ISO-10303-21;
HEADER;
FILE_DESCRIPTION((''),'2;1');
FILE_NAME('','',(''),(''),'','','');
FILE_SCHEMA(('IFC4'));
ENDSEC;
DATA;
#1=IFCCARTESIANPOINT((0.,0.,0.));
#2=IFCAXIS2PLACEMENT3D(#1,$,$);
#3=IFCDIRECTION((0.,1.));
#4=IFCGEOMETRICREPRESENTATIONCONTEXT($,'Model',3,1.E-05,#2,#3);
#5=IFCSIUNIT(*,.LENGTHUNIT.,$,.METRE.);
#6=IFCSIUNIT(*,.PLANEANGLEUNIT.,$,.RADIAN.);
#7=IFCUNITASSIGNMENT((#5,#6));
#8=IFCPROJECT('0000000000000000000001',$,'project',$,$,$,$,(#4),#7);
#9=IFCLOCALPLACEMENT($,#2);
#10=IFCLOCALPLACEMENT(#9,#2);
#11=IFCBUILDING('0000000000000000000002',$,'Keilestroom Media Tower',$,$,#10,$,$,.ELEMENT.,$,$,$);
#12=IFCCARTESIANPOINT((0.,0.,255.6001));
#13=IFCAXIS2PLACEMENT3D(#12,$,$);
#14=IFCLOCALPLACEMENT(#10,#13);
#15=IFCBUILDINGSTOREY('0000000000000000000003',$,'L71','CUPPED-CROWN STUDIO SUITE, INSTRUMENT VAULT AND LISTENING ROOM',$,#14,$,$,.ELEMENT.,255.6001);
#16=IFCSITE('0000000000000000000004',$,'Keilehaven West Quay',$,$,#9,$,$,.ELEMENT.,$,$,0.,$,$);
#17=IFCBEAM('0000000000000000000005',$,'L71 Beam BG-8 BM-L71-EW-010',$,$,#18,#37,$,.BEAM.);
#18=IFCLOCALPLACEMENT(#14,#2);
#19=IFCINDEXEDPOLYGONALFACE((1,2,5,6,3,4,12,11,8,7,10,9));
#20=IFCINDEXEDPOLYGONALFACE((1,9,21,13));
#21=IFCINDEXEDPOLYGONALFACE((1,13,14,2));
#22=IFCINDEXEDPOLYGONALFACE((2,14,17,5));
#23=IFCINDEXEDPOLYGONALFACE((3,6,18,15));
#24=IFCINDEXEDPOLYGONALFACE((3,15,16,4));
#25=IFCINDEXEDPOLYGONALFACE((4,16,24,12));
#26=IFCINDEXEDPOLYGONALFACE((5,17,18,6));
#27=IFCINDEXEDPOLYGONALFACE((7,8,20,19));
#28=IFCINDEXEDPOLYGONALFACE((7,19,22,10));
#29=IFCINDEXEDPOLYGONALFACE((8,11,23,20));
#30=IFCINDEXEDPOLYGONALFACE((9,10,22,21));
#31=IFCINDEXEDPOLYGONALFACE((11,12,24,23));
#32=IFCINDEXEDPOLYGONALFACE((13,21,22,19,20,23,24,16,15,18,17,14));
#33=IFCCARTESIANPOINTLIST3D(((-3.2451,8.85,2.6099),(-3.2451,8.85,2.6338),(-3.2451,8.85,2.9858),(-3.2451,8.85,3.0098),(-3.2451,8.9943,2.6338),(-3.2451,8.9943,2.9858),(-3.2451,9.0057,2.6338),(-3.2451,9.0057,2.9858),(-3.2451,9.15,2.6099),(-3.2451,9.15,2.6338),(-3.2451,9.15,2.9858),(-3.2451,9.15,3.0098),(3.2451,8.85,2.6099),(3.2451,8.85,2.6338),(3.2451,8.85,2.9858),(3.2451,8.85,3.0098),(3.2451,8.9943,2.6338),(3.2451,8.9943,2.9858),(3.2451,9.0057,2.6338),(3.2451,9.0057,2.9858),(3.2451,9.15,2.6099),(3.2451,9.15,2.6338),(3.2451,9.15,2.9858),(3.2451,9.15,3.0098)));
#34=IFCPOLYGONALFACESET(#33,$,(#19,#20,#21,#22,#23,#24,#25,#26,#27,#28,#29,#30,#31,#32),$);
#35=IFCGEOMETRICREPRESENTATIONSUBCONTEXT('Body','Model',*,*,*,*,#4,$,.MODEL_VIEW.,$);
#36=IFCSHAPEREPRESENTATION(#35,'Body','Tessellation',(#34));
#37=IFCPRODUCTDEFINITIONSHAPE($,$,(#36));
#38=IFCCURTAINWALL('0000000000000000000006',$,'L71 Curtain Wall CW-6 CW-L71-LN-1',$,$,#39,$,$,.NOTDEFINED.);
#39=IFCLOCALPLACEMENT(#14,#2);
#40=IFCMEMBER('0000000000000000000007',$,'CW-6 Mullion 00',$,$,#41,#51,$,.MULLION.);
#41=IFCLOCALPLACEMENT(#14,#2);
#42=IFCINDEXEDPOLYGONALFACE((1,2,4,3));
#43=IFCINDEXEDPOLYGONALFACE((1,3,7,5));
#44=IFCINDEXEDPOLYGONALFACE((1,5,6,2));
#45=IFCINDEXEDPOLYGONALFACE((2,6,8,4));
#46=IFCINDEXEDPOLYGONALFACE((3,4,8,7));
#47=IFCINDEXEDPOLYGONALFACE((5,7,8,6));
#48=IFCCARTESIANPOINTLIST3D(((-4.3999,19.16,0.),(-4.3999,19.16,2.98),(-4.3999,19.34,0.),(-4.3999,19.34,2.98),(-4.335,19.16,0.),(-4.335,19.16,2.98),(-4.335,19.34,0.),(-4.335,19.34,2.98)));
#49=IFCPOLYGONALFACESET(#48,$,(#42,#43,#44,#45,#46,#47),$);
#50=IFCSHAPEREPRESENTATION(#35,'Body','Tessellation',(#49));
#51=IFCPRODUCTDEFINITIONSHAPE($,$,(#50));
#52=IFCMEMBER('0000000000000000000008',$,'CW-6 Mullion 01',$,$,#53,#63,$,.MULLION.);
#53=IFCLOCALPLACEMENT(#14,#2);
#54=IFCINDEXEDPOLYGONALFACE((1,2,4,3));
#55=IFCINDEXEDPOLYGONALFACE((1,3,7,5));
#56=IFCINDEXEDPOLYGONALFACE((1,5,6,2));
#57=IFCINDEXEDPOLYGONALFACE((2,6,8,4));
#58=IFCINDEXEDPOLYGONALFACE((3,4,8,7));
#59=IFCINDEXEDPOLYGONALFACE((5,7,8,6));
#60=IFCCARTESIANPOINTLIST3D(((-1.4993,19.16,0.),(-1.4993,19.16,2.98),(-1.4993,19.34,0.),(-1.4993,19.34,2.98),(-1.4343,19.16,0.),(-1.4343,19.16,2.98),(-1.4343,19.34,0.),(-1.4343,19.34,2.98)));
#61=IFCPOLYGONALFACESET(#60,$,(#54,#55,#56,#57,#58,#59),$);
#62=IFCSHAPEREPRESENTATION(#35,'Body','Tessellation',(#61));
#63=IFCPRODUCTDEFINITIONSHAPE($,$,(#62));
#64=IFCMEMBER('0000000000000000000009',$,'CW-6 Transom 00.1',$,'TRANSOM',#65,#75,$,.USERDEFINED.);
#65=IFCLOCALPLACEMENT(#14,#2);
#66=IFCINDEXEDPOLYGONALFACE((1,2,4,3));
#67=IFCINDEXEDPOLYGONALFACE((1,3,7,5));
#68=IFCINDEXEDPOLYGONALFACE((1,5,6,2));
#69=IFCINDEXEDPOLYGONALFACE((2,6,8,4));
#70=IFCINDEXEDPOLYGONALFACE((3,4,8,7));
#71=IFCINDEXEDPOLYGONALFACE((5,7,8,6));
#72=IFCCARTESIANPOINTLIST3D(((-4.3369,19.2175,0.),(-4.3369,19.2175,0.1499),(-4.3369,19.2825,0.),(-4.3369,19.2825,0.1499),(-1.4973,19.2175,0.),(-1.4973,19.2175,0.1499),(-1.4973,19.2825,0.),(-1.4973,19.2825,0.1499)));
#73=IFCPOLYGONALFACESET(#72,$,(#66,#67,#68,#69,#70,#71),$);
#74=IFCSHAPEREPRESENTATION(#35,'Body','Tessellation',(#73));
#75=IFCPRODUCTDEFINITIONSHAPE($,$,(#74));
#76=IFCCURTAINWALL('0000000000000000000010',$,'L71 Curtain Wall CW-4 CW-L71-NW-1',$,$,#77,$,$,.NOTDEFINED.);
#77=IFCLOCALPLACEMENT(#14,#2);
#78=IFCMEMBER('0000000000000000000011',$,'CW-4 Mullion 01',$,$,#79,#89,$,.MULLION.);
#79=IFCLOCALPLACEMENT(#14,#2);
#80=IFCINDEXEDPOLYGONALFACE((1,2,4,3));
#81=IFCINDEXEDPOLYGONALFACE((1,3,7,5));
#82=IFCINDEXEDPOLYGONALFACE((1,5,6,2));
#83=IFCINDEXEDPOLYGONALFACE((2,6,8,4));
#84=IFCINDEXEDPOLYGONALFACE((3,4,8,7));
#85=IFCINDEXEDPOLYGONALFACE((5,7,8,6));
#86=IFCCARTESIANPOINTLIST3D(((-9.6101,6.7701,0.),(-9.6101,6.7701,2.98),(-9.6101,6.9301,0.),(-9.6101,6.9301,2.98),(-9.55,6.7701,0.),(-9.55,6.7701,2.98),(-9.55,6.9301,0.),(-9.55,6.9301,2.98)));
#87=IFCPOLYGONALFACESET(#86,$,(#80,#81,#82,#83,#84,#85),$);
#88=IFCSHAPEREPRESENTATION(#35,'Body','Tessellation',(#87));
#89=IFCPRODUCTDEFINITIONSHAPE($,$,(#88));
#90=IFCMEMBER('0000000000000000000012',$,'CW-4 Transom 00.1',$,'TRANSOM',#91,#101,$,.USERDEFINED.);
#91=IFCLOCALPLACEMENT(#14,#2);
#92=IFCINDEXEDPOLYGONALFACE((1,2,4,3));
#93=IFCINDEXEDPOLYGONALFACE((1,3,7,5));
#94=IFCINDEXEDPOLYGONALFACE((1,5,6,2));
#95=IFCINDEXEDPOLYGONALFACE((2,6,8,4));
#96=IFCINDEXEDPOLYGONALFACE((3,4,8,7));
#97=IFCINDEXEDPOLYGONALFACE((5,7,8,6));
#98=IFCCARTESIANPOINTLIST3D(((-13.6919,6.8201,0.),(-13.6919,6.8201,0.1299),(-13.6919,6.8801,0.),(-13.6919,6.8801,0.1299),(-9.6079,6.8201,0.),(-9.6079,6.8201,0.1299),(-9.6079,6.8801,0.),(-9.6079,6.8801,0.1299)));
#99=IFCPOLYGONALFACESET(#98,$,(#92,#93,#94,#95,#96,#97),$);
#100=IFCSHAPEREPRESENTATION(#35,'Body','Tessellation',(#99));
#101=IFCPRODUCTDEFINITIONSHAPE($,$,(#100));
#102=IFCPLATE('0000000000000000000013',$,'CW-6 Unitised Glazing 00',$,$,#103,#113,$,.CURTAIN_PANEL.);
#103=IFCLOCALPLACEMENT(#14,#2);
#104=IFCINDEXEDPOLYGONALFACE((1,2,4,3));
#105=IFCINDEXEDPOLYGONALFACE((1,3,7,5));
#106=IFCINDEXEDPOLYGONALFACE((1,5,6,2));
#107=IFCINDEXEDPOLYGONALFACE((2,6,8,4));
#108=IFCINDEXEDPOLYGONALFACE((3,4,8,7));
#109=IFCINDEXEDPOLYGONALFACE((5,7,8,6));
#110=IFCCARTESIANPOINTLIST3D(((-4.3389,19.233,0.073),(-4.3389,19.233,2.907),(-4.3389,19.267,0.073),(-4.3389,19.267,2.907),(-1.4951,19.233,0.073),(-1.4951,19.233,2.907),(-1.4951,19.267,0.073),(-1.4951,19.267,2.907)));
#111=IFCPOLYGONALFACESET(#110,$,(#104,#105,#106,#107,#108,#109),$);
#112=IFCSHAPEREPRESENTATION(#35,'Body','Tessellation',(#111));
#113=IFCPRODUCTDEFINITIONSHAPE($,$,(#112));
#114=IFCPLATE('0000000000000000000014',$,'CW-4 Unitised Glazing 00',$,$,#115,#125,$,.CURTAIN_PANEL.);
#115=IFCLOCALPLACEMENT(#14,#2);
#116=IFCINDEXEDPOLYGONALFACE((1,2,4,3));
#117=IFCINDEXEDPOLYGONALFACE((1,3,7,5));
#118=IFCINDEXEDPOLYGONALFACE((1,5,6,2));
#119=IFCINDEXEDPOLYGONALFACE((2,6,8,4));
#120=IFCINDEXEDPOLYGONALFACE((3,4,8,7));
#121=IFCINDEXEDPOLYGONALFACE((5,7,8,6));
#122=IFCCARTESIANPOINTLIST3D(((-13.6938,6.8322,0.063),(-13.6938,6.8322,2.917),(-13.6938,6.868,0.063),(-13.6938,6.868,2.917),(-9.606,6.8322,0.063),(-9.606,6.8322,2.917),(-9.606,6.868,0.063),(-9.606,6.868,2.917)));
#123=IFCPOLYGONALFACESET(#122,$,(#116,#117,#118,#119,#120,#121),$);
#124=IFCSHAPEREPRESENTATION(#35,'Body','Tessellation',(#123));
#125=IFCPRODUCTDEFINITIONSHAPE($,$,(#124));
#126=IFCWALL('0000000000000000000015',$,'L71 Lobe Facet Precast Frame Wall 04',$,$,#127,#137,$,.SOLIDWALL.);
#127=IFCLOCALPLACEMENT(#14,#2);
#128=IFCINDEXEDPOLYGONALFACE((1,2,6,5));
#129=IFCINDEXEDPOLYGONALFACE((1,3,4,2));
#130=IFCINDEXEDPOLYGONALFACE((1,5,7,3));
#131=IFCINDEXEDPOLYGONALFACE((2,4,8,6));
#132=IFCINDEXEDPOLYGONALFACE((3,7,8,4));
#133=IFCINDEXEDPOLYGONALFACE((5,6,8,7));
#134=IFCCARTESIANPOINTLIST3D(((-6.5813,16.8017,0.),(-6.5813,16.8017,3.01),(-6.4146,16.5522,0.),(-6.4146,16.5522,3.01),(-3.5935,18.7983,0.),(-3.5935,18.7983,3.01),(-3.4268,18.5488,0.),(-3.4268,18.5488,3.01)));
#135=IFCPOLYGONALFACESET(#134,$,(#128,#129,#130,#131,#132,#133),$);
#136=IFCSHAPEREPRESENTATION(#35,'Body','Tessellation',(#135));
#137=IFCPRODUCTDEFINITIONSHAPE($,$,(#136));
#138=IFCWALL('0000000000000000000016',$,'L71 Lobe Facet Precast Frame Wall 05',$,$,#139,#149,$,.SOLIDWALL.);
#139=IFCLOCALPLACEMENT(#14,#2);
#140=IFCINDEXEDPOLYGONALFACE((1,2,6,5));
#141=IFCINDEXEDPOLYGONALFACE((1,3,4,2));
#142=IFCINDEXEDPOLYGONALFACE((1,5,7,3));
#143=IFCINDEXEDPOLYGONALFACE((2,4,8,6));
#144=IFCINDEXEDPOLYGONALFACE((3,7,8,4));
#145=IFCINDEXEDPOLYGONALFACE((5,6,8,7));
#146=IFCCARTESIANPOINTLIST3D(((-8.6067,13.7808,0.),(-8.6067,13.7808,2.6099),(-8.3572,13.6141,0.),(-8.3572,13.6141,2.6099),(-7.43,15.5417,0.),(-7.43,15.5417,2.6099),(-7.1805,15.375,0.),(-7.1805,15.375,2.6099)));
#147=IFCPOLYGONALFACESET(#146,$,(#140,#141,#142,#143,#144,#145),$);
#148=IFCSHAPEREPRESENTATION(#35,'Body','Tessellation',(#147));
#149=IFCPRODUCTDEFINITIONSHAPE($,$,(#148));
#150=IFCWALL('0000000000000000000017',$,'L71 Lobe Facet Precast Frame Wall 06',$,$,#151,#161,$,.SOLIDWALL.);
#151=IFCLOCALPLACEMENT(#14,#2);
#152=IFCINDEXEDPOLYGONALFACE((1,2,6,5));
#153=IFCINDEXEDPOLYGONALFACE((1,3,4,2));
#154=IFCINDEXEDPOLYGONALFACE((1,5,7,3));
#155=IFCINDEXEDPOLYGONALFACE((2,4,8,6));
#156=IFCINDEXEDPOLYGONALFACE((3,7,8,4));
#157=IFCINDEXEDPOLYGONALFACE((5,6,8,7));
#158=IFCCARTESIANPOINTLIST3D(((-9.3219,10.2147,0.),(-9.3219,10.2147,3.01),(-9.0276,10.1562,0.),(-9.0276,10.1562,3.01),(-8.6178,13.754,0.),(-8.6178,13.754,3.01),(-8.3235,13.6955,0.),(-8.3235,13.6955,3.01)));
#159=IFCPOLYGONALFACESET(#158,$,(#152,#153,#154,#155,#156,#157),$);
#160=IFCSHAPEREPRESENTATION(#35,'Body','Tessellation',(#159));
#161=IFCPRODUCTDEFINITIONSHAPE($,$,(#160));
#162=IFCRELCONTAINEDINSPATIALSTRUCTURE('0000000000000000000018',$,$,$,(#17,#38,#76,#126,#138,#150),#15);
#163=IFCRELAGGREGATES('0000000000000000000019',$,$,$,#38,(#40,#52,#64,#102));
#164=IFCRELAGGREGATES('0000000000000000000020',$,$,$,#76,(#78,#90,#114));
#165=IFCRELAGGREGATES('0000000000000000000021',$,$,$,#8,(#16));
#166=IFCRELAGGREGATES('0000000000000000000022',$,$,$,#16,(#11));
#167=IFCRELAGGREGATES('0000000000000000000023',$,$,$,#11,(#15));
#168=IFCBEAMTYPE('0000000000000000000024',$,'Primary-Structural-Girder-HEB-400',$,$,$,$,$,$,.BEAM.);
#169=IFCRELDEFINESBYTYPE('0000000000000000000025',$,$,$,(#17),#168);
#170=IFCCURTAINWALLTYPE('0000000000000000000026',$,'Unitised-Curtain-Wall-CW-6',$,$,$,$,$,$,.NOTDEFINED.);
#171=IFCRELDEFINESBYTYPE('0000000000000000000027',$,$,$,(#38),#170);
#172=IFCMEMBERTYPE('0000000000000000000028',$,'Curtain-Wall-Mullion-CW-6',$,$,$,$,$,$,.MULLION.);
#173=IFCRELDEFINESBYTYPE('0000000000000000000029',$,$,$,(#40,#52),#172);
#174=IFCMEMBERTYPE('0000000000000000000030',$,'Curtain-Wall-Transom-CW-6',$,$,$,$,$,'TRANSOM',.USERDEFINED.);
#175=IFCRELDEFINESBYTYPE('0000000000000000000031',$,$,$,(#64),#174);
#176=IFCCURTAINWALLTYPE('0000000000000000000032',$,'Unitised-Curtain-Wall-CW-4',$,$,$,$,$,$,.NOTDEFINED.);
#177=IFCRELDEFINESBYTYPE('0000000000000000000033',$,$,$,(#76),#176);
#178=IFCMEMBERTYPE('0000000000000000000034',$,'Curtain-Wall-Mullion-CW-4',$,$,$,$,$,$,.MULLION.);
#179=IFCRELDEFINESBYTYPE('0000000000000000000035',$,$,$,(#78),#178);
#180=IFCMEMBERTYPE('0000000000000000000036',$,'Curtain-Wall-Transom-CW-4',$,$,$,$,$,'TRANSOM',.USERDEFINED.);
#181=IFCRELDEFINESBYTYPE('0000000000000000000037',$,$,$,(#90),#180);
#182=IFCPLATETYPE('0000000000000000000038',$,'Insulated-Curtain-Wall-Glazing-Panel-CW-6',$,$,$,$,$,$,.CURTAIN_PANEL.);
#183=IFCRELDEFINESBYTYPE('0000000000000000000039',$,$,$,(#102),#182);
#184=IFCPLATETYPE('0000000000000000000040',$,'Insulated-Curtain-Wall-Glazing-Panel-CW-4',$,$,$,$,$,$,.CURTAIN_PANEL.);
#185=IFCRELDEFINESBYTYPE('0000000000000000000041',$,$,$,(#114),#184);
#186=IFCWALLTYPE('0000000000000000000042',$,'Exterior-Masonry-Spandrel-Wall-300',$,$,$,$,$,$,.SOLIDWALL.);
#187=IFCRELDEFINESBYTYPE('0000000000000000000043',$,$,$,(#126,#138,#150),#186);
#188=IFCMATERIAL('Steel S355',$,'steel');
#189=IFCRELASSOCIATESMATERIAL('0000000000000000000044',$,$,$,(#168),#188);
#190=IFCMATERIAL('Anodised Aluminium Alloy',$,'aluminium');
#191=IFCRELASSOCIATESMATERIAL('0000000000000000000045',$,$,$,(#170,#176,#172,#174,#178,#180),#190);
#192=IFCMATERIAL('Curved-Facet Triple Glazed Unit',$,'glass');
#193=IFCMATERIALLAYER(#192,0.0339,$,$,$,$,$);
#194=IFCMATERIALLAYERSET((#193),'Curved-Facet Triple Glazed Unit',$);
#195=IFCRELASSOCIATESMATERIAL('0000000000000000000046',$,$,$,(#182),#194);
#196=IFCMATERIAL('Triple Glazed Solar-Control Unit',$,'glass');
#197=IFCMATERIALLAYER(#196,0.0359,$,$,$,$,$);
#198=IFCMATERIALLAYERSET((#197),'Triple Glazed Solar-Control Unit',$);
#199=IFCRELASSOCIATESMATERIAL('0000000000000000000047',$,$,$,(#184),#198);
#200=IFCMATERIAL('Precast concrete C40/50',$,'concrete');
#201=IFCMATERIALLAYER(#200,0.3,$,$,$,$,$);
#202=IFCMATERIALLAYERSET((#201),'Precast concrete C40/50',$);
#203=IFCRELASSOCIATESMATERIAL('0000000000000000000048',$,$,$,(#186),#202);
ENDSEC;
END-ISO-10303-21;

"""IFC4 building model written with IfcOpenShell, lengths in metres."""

from ifc_helpers import new_model, si_unit, direction, frame, frame_2d, origin, origin_2d, place, context, subcontext, project, spatial, rectangle, i_section, extrude, source, transform, mapped, material, layer, layer_set, material_profile, profile_set, type_object, element, aggregate, save


model = new_model("IFC4")

# Units and contexts
model_context = context("Model", 3, precision=1e-05, world=origin(), true_north=direction((0.0, 1.0)))
body_context = subcontext(model_context, "Body", "Model", "MODEL_VIEW")
ifc_project = project(units=[si_unit("LENGTHUNIT", "METRE"), si_unit("PLANEANGLEUNIT", "RADIAN")], contexts=[model_context])

# Site, building, storey
site_placement = place(None, origin())
site = spatial("IfcSite", under=ifc_project, at=site_placement, Name="Keilehaven West Quay", CompositionType="ELEMENT", RefElevation=0.0)
building_placement = place(site_placement, origin())
building = spatial("IfcBuilding", under=site, at=building_placement, Name="Keilestroom Media Tower", CompositionType="ELEMENT")
storey_placement = place(building_placement, frame((0.0, 0.0, 255.6001)))
storey = spatial("IfcBuildingStorey", under=building, at=storey_placement, Name="L71", Description="CUPPED-CROWN STUDIO SUITE, INSTRUMENT VAULT AND LISTENING ROOM", CompositionType="ELEMENT", Elevation=255.6001)

# Shared definitions
ifc_material_1 = material(Name="Steel S355", Category="steel")

# Beam
ifc_material_profile_1 = material_profile(ifc_material_1, i_section(OverallWidth=0.3, OverallDepth=0.3999, WebThickness=0.0115, FlangeThickness=0.0239, at=origin_2d()), Name="HEB 400")
ifc_profile_set_1 = profile_set([ifc_material_profile_1], Name="Steel S355")
beam_type = type_object("IfcBeamType", Name="Primary-Structural-Girder-HEB-400", PredefinedType="BEAM", material=ifc_profile_set_1)
shared_shape_1 = source(origin(), body_context, "Body", "SweptSolid", [
    extrude(i_section(OverallWidth=0.3, OverallDepth=0.3999, WebThickness=0.0115, FlangeThickness=0.0239, at=origin_2d()), origin(), (0.0, 0.0, 1.0), 6.4902),
])
beam_1_placement = place(storey_placement, frame((-3.2451, 9.0, 2.8098), z_axis=(1.0, 0.0, 0.0), x_axis=(0.0, 1.0, 0.0)))
element("IfcBeam", 1, at=beam_1_placement, inside=storey, type_object=beam_type, Name="L71 Beam BG-8 BM-L71-EW-010", PredefinedType="BEAM", context=body_context, shape_type="MappedRepresentation", body=[
    mapped(shared_shape_1, transform((0.0, 0.0, 0.0), x_axis=(1.0, 0.0, 0.0), y_axis=(0.0, 1.0, 0.0), z_axis=(0.0, 0.0, 1.0), scale=1.0)),
])

# Curtain walls, members
ifc_material_2 = material(Name="Anodised Aluminium Alloy", Category="aluminium")
curtain_wall_type_1 = type_object("IfcCurtainWallType", Name="Unitised-Curtain-Wall-CW-6", PredefinedType="NOTDEFINED", material=ifc_material_2)
curtain_wall_1_placement = place(storey_placement, origin())
curtain_wall_1 = element("IfcCurtainWall", 2, at=curtain_wall_1_placement, inside=storey, type_object=curtain_wall_type_1, Name="L71 Curtain Wall CW-6 CW-L71-LN-1", PredefinedType="NOTDEFINED")
ifc_material_profile_2 = material_profile(ifc_material_2, rectangle(XDim=0.0649, YDim=0.1799, at=origin_2d()), Name="ALU MULLION 65x180")
ifc_profile_set_2 = profile_set([ifc_material_profile_2], Name="Anodised Aluminium Alloy")
member_type_1 = type_object("IfcMemberType", Name="Curtain-Wall-Mullion-CW-6", PredefinedType="MULLION", material=ifc_profile_set_2)
shared_shape_2 = source(origin(), body_context, "Body", "SweptSolid", [
    extrude(rectangle(XDim=0.0649, YDim=0.1799, at=origin_2d()), origin(), (0.0, 0.0, 1.0), 2.98),
])
member_1_placement = place(storey_placement, frame((-4.3674, 19.25, 0.0), z_axis=(0.0, 0.0, 1.0), x_axis=(1.0, 0.0, 0.0)))
member_1 = element("IfcMember", 3, at=member_1_placement, type_object=member_type_1, Name="CW-6 Mullion 00", PredefinedType="MULLION", context=body_context, shape_type="MappedRepresentation", body=[
    mapped(shared_shape_2, transform((0.0, 0.0, 0.0), x_axis=(1.0, 0.0, 0.0), y_axis=(0.0, 1.0, 0.0), z_axis=(0.0, 0.0, 1.0), scale=1.0)),
])
member_2_placement = place(storey_placement, frame((-1.4668, 19.25, 0.0), z_axis=(0.0, 0.0, 1.0), x_axis=(1.0, 0.0, 0.0)))
member_2 = element("IfcMember", 4, at=member_2_placement, type_object=member_type_1, Name="CW-6 Mullion 01", PredefinedType="MULLION", context=body_context, shape_type="MappedRepresentation", body=[
    mapped(shared_shape_2, transform((0.0, 0.0, 0.0), x_axis=(1.0, 0.0, 0.0), y_axis=(0.0, 1.0, 0.0), z_axis=(0.0, 0.0, 1.0), scale=1.0)),
])
ifc_material_profile_3 = material_profile(ifc_material_2, rectangle(XDim=0.0649, YDim=0.1499, at=origin_2d()), Name="ALU TRANSOM 65x150")
ifc_profile_set_3 = profile_set([ifc_material_profile_3], Name="Anodised Aluminium Alloy")
member_type_2 = type_object("IfcMemberType", Name="Curtain-Wall-Transom-CW-6", ElementType="TRANSOM", PredefinedType="USERDEFINED", material=ifc_profile_set_3)
shared_shape_3 = source(origin(), body_context, "Body", "SweptSolid", [
    extrude(rectangle(XDim=0.0649, YDim=0.1499, at=origin_2d()), origin(), (0.0, 0.0, 1.0), 2.8396),
])
member_3_placement = place(storey_placement, frame((-4.3369, 19.25, 0.075), z_axis=(1.0, 0.0, 0.0), x_axis=(0.0, 1.0, 0.0)))
member_3 = element("IfcMember", 5, at=member_3_placement, type_object=member_type_2, Name="CW-6 Transom 00.1", ObjectType="TRANSOM", PredefinedType="USERDEFINED", context=body_context, shape_type="MappedRepresentation", body=[
    mapped(shared_shape_3, transform((0.0, 0.0, 0.0), x_axis=(1.0, 0.0, 0.0), y_axis=(0.0, 1.0, 0.0), z_axis=(0.0, 0.0, 1.0), scale=1.0)),
])
curtain_wall_type_2 = type_object("IfcCurtainWallType", Name="Unitised-Curtain-Wall-CW-4", PredefinedType="NOTDEFINED", material=ifc_material_2)
curtain_wall_2_placement = place(storey_placement, origin())
curtain_wall_2 = element("IfcCurtainWall", 6, at=curtain_wall_2_placement, inside=storey, type_object=curtain_wall_type_2, Name="L71 Curtain Wall CW-4 CW-L71-NW-1", PredefinedType="NOTDEFINED")
ifc_material_profile_4 = material_profile(ifc_material_2, rectangle(XDim=0.0601, YDim=0.1599, at=origin_2d()), Name="ALU MULLION 60x160")
ifc_profile_set_4 = profile_set([ifc_material_profile_4], Name="Anodised Aluminium Alloy")
member_type_3 = type_object("IfcMemberType", Name="Curtain-Wall-Mullion-CW-4", PredefinedType="MULLION", material=ifc_profile_set_4)
shared_shape_4 = source(origin(), body_context, "Body", "SweptSolid", [
    extrude(rectangle(XDim=0.0601, YDim=0.1599, at=origin_2d()), origin(), (0.0, 0.0, 1.0), 2.98),
])
member_4_placement = place(storey_placement, frame((-9.5801, 6.8501, 0.0), z_axis=(0.0, 0.0, 1.0), x_axis=(1.0, 0.0, 0.0)))
member_4 = element("IfcMember", 7, at=member_4_placement, type_object=member_type_3, Name="CW-4 Mullion 01", PredefinedType="MULLION", context=body_context, shape_type="MappedRepresentation", body=[
    mapped(shared_shape_4, transform((0.0, 0.0, 0.0), x_axis=(1.0, 0.0, 0.0), y_axis=(0.0, 1.0, 0.0), z_axis=(0.0, 0.0, 1.0), scale=1.0)),
])
ifc_material_profile_5 = material_profile(ifc_material_2, rectangle(XDim=0.0601, YDim=0.1299, at=origin_2d()), Name="ALU TRANSOM 60x130")
ifc_profile_set_5 = profile_set([ifc_material_profile_5], Name="Anodised Aluminium Alloy")
member_type_4 = type_object("IfcMemberType", Name="Curtain-Wall-Transom-CW-4", ElementType="TRANSOM", PredefinedType="USERDEFINED", material=ifc_profile_set_5)
shared_shape_5 = source(origin(), body_context, "Body", "SweptSolid", [
    extrude(rectangle(XDim=0.0601, YDim=0.1299, at=origin_2d()), origin(), (0.0, 0.0, 1.0), 4.084),
])
member_5_placement = place(storey_placement, frame((-13.6919, 6.8501, 0.0649), z_axis=(1.0, 0.0, 0.0), x_axis=(0.0, 1.0, 0.0)))
member_5 = element("IfcMember", 8, at=member_5_placement, type_object=member_type_4, Name="CW-4 Transom 00.1", ObjectType="TRANSOM", PredefinedType="USERDEFINED", context=body_context, shape_type="MappedRepresentation", body=[
    mapped(shared_shape_5, transform((0.0, 0.0, 0.0), x_axis=(1.0, 0.0, 0.0), y_axis=(0.0, 1.0, 0.0), z_axis=(0.0, 0.0, 1.0), scale=1.0)),
])

# Plates
ifc_material_3 = material(Name="Curved-Facet Triple Glazed Unit", Category="glass")
ifc_layer_1 = layer(ifc_material_3, 0.0339)
ifc_layer_set_1 = layer_set([ifc_layer_1], Name="Curved-Facet Triple Glazed Unit")
plate_type_1 = type_object("IfcPlateType", Name="Insulated-Curtain-Wall-Glazing-Panel-CW-6", PredefinedType="CURTAIN_PANEL", material=ifc_layer_set_1)
shared_shape_6 = source(origin(), body_context, "Body", "SweptSolid", [
    extrude(rectangle(XDim=2.8438, YDim=0.0339, at=origin_2d()), origin(), (0.0, 0.0, 1.0), 2.834),
])
plate_1_placement = place(storey_placement, frame((-2.917, 19.25, 0.073), z_axis=(0.0, 0.0, 1.0), x_axis=(1.0, 0.0, 0.0)))
plate_1 = element("IfcPlate", 9, at=plate_1_placement, type_object=plate_type_1, Name="CW-6 Unitised Glazing 00", PredefinedType="CURTAIN_PANEL", context=body_context, shape_type="MappedRepresentation", body=[
    mapped(shared_shape_6, transform((0.0, 0.0, 0.0), x_axis=(1.0, 0.0, 0.0), y_axis=(0.0, 1.0, 0.0), z_axis=(0.0, 0.0, 1.0), scale=1.0)),
])
aggregate(curtain_wall_1, [member_1, member_2, member_3, plate_1])
ifc_material_4 = material(Name="Triple Glazed Solar-Control Unit", Category="glass")
ifc_layer_2 = layer(ifc_material_4, 0.0359)
ifc_layer_set_2 = layer_set([ifc_layer_2], Name="Triple Glazed Solar-Control Unit")
plate_type_2 = type_object("IfcPlateType", Name="Insulated-Curtain-Wall-Glazing-Panel-CW-4", PredefinedType="CURTAIN_PANEL", material=ifc_layer_set_2)
shared_shape_7 = source(origin(), body_context, "Body", "SweptSolid", [
    extrude(rectangle(XDim=4.0879, YDim=0.0359, at=origin_2d()), origin(), (0.0, 0.0, 1.0), 2.854),
])
plate_2_placement = place(storey_placement, frame((-11.6499, 6.8501, 0.063), z_axis=(0.0, 0.0, 1.0), x_axis=(1.0, 0.0, 0.0)))
plate_2 = element("IfcPlate", 10, at=plate_2_placement, type_object=plate_type_2, Name="CW-4 Unitised Glazing 00", PredefinedType="CURTAIN_PANEL", context=body_context, shape_type="MappedRepresentation", body=[
    mapped(shared_shape_7, transform((0.0, 0.0, 0.0), x_axis=(1.0, 0.0, 0.0), y_axis=(0.0, 1.0, 0.0), z_axis=(0.0, 0.0, 1.0), scale=1.0)),
])
aggregate(curtain_wall_2, [member_4, member_5, plate_2])

# Walls
ifc_material_5 = material(Name="Precast concrete C40/50", Category="concrete")
ifc_layer_3 = layer(ifc_material_5, 0.3)
ifc_layer_set_3 = layer_set([ifc_layer_3], Name="Precast concrete C40/50")
wall_type_1 = type_object("IfcWallType", Name="Exterior-Masonry-Spandrel-Wall-300", PredefinedType="SOLIDWALL", material=ifc_layer_set_3)
wall_1_placement = place(storey_placement, frame((-3.51, 18.6736, 0.0), z_axis=(0.0, 0.0, 1.0), x_axis=(-0.831444, -0.555609, 0.0)))
element("IfcWall", 11, at=wall_1_placement, inside=storey, type_object=wall_type_1, Name="L71 Lobe Facet Precast Frame Wall 04", PredefinedType="SOLIDWALL", context=body_context, shape_type="SweptSolid", body=[
    extrude(rectangle(XDim=3.5935, YDim=0.3, at=frame_2d((1.7969, 0.0))), origin(), (0.0, 0.0, 1.0), 3.01),
])
wall_2_placement = place(storey_placement, frame((-7.3052, 15.4585, 0.0), z_axis=(0.0, 0.0, 1.0), x_axis=(-0.555604, -0.831447, 0.0)))
element("IfcWall", 12, at=wall_2_placement, inside=storey, type_object=wall_type_1, Name="L71 Lobe Facet Precast Frame Wall 05", PredefinedType="SOLIDWALL", context=body_context, shape_type="SweptSolid", body=[
    extrude(rectangle(XDim=2.1179, YDim=0.3, at=frame_2d((1.0591, 0.0))), origin(), (0.0, 0.0, 1.0), 2.6099),
])
wall_3_placement = place(storey_placement, frame((-8.4707, 13.7246, 0.0), z_axis=(0.0, 0.0, 1.0), x_axis=(-0.195114, -0.980781, 0.0)))
element("IfcWall", 13, at=wall_3_placement, inside=storey, type_object=wall_type_1, Name="L71 Lobe Facet Precast Frame Wall 06", PredefinedType="SOLIDWALL", context=body_context, shape_type="SweptSolid", body=[
    extrude(rectangle(XDim=3.6086, YDim=0.3, at=frame_2d((1.8042, 0.0))), origin(), (0.0, 0.0, 1.0), 3.01),
])

save(model, "model.ifc")
